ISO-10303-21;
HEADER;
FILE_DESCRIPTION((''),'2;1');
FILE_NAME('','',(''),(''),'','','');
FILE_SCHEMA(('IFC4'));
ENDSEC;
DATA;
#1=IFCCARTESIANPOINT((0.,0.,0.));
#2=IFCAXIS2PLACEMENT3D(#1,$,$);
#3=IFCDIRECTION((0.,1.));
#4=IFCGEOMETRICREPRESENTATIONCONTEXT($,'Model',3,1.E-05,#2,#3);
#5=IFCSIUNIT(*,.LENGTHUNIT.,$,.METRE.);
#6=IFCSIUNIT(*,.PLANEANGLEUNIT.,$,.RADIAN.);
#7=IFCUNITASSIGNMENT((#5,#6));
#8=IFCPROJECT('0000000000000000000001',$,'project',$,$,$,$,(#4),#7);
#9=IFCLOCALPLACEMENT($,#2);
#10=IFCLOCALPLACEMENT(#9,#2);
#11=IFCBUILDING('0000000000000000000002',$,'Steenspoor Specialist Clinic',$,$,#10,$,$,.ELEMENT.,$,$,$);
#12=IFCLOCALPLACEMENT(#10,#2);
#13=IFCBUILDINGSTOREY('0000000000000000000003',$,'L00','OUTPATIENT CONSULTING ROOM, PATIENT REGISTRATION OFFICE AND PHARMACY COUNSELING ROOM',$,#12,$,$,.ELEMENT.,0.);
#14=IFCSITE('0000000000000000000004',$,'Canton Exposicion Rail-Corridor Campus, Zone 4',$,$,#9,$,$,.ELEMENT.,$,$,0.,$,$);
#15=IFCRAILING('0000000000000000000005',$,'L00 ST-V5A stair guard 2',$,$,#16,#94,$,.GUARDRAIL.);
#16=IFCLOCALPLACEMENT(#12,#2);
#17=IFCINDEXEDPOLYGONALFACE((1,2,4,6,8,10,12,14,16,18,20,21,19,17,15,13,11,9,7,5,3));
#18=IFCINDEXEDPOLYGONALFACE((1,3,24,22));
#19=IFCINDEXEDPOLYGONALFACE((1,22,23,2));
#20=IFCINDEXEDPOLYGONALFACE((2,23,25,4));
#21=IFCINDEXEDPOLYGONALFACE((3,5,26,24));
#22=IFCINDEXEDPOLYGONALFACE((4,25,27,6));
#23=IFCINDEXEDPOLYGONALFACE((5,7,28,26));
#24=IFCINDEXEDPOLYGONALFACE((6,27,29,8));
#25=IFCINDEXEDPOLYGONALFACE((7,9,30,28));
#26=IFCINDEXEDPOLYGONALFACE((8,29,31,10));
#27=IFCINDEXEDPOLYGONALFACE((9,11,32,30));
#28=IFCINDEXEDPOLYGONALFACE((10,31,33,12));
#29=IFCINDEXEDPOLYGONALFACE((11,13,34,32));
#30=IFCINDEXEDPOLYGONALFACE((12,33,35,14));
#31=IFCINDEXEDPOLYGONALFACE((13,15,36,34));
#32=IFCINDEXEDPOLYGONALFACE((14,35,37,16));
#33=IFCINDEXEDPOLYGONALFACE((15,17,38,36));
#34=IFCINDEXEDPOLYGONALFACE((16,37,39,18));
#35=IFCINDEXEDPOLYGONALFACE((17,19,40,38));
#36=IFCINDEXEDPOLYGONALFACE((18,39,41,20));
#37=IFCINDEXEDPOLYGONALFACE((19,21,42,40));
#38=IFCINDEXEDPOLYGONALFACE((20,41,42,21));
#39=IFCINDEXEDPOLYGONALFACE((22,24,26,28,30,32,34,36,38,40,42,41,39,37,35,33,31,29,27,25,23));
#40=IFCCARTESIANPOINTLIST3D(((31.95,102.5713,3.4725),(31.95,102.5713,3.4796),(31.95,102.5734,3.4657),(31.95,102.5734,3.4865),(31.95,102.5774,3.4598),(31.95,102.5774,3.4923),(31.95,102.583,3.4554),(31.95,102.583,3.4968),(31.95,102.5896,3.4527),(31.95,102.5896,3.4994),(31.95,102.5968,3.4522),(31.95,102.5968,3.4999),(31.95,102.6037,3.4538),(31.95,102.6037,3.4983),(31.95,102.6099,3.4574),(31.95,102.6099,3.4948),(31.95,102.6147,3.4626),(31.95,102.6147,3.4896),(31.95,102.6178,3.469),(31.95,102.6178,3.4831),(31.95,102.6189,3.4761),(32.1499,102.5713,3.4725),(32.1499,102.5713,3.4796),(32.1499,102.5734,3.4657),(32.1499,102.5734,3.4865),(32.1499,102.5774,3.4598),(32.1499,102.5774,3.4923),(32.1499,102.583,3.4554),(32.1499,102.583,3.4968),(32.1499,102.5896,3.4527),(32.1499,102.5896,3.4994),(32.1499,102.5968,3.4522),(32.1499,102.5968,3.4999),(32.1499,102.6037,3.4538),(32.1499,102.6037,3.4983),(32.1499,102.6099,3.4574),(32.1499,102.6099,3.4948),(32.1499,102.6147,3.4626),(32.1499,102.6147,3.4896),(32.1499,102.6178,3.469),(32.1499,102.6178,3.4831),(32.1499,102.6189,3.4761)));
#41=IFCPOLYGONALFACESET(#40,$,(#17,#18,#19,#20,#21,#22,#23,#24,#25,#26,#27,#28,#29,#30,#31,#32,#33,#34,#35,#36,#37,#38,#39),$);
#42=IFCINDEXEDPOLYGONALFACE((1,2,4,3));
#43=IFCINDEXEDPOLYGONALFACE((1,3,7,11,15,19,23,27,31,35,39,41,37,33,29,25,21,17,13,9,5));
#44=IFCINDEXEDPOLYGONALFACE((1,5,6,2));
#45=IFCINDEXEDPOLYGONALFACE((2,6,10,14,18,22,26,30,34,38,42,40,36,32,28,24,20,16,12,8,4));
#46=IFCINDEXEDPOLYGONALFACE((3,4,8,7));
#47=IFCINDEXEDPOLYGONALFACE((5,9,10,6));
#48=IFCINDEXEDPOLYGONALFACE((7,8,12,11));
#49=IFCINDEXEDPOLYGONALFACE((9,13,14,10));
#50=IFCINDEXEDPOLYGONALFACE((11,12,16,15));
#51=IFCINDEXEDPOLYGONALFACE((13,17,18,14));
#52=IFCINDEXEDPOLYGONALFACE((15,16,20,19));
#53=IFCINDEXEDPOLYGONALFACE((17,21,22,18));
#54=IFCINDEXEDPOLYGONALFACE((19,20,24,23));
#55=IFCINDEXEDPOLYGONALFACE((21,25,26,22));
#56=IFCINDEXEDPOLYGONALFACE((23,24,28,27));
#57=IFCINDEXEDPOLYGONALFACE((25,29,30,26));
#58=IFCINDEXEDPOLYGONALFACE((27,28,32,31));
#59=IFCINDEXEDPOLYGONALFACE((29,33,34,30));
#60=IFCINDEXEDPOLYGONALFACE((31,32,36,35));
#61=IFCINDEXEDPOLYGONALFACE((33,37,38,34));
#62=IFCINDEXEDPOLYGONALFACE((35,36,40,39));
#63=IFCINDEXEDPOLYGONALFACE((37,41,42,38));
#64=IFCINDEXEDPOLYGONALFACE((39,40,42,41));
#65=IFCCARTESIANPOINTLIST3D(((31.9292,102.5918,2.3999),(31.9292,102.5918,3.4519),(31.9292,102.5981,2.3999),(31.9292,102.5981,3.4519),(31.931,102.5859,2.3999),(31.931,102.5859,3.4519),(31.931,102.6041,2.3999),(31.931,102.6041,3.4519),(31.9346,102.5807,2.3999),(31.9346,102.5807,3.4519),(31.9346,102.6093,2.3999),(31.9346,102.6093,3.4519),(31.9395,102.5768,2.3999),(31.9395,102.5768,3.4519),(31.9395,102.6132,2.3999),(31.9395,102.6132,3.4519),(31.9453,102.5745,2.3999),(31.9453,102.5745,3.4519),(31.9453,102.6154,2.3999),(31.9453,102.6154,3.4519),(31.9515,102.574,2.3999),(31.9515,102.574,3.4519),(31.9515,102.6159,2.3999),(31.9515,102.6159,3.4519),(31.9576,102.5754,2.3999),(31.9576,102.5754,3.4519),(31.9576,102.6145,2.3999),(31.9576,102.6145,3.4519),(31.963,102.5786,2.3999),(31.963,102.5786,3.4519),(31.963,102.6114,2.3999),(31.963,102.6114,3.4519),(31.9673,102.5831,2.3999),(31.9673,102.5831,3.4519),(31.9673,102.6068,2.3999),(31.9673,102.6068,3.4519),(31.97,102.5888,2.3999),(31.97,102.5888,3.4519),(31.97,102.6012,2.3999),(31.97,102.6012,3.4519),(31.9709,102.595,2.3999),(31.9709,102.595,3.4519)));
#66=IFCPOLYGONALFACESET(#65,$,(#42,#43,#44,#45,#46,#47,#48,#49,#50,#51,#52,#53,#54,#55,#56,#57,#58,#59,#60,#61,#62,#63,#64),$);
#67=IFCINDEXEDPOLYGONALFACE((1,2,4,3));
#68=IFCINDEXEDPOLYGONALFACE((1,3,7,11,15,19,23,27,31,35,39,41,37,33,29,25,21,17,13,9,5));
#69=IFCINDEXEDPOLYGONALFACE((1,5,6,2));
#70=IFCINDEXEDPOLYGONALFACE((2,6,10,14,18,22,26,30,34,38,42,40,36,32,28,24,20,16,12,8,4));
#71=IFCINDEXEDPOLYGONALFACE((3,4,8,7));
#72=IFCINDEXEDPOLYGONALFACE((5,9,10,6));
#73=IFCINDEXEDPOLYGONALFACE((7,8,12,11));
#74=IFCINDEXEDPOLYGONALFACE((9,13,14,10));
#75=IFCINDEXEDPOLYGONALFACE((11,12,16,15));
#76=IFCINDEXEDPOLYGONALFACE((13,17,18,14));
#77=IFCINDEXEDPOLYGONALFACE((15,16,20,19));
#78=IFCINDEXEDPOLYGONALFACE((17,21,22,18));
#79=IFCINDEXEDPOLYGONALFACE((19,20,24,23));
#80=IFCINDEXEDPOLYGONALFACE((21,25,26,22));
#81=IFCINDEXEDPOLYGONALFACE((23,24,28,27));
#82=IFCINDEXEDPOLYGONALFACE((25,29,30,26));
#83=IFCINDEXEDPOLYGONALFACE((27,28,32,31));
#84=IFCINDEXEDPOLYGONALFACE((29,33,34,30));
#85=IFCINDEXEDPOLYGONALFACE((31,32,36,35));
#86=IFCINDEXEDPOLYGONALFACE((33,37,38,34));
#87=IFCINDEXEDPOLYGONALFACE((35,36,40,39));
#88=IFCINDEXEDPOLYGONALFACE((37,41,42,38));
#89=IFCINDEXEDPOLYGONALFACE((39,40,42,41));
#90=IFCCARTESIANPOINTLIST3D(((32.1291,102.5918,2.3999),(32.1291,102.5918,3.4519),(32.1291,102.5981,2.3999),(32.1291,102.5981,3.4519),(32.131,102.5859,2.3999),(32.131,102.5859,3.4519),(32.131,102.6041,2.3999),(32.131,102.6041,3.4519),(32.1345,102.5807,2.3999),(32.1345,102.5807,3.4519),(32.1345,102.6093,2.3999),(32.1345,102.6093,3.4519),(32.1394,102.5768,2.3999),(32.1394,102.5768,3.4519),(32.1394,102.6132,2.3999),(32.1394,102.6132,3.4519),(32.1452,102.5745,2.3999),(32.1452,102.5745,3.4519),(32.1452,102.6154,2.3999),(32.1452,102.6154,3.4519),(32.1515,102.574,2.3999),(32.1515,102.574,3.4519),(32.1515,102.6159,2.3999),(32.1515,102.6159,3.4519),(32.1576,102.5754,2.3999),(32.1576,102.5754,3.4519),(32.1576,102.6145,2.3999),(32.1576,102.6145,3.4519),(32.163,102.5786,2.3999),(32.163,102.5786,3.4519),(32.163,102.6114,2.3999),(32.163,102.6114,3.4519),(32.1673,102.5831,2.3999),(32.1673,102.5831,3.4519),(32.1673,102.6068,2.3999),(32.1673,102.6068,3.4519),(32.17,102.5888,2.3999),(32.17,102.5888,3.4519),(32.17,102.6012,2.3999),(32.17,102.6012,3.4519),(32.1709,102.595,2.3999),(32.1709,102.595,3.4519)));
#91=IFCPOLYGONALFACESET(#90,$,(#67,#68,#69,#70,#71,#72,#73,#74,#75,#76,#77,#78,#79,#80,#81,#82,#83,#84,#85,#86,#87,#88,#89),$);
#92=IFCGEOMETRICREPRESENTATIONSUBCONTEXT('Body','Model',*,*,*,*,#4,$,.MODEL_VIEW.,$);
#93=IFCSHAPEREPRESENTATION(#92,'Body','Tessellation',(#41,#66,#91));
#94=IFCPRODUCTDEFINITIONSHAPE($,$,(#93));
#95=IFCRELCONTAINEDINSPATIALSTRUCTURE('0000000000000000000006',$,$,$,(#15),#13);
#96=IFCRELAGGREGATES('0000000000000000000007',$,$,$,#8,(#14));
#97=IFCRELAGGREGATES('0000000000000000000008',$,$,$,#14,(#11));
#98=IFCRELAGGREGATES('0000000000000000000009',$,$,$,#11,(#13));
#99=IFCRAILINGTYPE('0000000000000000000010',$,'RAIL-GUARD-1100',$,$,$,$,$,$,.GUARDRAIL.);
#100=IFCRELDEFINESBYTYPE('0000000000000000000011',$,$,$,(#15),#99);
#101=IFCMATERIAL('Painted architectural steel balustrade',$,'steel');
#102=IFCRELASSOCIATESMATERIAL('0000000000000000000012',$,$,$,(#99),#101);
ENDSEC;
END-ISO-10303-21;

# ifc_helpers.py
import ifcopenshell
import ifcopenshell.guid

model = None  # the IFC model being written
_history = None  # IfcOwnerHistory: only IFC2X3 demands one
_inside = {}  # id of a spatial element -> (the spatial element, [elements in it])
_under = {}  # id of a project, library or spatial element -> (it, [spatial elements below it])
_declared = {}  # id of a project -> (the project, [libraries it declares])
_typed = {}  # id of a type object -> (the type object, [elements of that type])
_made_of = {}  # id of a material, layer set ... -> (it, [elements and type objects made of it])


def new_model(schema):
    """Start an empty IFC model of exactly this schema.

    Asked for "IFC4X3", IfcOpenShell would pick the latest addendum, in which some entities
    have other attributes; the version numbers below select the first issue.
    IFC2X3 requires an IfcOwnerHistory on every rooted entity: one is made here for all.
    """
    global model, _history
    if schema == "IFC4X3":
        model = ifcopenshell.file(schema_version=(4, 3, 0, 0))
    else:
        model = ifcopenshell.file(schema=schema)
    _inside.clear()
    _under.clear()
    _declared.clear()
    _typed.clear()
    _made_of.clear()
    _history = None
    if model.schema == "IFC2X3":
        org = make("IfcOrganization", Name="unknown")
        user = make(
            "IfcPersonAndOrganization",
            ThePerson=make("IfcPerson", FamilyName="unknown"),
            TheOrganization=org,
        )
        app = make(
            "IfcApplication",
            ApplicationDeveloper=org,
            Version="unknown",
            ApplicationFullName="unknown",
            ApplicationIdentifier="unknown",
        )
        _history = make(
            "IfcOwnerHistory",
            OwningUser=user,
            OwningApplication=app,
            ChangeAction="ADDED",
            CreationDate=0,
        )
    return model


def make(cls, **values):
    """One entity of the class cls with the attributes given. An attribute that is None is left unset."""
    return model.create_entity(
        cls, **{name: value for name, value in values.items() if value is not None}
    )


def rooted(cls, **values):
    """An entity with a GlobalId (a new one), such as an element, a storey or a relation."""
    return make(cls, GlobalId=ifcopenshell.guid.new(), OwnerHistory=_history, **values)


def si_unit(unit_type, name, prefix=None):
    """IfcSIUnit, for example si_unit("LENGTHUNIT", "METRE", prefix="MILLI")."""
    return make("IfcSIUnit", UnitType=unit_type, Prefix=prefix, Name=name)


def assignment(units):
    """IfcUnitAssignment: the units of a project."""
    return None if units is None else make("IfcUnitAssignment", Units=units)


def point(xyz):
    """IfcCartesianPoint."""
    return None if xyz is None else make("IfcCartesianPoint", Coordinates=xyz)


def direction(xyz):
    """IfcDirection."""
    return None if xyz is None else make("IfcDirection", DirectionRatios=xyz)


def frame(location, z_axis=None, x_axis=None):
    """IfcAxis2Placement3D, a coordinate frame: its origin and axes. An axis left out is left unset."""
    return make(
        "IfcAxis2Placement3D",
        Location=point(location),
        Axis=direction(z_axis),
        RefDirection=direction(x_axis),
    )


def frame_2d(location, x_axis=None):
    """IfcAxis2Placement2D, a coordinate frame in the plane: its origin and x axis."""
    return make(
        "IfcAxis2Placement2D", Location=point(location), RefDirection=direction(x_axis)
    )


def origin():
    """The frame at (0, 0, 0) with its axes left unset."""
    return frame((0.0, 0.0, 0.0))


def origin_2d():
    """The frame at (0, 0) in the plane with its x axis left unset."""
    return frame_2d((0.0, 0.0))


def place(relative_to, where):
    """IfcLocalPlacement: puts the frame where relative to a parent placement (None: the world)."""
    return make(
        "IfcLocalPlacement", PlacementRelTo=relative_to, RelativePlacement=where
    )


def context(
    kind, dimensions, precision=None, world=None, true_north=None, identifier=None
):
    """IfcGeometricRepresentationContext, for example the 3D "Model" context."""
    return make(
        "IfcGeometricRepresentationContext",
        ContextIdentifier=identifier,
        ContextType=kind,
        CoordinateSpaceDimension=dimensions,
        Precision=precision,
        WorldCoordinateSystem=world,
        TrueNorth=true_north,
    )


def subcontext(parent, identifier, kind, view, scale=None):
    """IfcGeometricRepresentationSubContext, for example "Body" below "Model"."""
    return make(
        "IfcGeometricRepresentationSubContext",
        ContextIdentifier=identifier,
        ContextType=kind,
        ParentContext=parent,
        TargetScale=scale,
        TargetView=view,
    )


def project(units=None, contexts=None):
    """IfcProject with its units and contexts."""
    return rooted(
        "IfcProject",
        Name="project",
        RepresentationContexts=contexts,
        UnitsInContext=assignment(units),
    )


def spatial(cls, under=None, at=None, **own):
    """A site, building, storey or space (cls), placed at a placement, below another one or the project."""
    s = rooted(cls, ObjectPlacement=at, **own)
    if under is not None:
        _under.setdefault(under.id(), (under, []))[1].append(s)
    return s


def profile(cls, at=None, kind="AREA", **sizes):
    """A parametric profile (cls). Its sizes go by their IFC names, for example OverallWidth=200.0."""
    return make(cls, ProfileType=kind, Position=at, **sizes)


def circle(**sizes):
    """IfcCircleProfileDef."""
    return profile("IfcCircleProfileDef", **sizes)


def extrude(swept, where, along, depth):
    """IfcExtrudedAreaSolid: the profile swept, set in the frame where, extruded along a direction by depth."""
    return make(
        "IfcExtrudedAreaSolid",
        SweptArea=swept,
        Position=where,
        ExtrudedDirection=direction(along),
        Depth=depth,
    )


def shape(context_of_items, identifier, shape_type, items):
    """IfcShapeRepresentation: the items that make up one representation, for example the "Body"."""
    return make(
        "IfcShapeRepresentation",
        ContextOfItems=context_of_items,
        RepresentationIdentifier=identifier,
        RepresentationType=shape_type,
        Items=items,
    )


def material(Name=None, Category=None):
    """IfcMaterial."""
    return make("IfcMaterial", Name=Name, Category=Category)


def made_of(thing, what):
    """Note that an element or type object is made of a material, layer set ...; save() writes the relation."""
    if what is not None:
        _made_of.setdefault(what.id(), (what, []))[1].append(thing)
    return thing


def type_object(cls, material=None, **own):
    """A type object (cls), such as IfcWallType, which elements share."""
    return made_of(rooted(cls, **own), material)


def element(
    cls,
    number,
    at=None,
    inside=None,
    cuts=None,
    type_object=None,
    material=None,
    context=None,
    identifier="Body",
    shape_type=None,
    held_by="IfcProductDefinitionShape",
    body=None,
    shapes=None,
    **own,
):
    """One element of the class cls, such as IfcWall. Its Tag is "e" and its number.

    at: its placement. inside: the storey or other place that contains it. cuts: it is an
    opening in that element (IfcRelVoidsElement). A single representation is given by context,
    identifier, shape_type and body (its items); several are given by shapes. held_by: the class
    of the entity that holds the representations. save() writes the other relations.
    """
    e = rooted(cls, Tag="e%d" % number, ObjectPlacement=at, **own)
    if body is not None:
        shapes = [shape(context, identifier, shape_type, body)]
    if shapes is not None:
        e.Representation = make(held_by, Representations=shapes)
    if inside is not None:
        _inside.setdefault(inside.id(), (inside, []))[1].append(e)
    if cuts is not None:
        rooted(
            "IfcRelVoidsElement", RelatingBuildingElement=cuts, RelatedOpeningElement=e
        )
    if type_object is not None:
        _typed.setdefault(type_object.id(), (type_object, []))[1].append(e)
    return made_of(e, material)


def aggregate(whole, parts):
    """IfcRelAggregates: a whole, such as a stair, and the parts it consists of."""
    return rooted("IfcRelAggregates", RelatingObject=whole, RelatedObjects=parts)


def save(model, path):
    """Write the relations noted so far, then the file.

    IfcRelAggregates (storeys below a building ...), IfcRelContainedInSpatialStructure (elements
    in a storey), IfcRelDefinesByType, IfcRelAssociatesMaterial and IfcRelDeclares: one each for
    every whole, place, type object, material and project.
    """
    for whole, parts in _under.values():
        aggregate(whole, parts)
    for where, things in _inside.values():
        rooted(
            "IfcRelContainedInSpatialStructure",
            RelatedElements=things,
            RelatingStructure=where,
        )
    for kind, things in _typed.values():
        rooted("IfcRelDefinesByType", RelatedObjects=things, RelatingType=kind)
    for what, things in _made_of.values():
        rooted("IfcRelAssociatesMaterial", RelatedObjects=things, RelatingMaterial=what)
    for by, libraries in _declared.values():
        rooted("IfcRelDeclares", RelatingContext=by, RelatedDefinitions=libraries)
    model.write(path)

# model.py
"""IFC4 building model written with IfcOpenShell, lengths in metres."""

from ifc_helpers import new_model, si_unit, direction, frame, origin, origin_2d, place, context, subcontext, project, spatial, circle, extrude, material, type_object, element, save


model = new_model("IFC4")

# Units and contexts
model_context = context("Model", 3, precision=1e-05, world=origin(), true_north=direction((0.0, 1.0)))
body_context = subcontext(model_context, "Body", "Model", "MODEL_VIEW")
ifc_project = project(units=[si_unit("LENGTHUNIT", "METRE"), si_unit("PLANEANGLEUNIT", "RADIAN")], contexts=[model_context])

# Site, building, storey
site_placement = place(None, origin())
site = spatial("IfcSite", under=ifc_project, at=site_placement, Name="Canton Exposicion Rail-Corridor Campus, Zone 4", CompositionType="ELEMENT", RefElevation=0.0)
building_placement = place(site_placement, origin())
building = spatial("IfcBuilding", under=site, at=building_placement, Name="Steenspoor Specialist Clinic", CompositionType="ELEMENT")
storey_placement = place(building_placement, origin())
storey = spatial("IfcBuildingStorey", under=building, at=storey_placement, Name="L00", Description="OUTPATIENT CONSULTING ROOM, PATIENT REGISTRATION OFFICE AND PHARMACY COUNSELING ROOM", CompositionType="ELEMENT", Elevation=0.0)

# Railing
ifc_material_1 = material(Name="Painted architectural steel balustrade", Category="steel")
railing_type = type_object("IfcRailingType", Name="RAIL-GUARD-1100", PredefinedType="GUARDRAIL", material=ifc_material_1)
railing_1_placement = place(storey_placement, frame((31.95, 102.595, 2.3999)))
element("IfcRailing", 1, at=railing_1_placement, inside=storey, type_object=railing_type, Name="L00 ST-V5A stair guard 2", PredefinedType="GUARDRAIL", context=body_context, shape_type="SweptSolid", body=[
    extrude(circle(Radius=0.0239, at=origin_2d()), frame((0.0, 0.0, 1.0762), z_axis=(1.0, 0.0, 0.0), x_axis=(0.0, 1.0, 0.0)), (0.0, 0.0, 1.0), 0.2),
    extrude(circle(Radius=0.021, at=origin_2d()), origin(), (0.0, 0.0, 1.0), 1.052),
    extrude(circle(Radius=0.021, at=origin_2d()), frame((0.2, 0.0, 0.0)), (0.0, 0.0, 1.0), 1.052),
])

save(model, "model.ifc")
